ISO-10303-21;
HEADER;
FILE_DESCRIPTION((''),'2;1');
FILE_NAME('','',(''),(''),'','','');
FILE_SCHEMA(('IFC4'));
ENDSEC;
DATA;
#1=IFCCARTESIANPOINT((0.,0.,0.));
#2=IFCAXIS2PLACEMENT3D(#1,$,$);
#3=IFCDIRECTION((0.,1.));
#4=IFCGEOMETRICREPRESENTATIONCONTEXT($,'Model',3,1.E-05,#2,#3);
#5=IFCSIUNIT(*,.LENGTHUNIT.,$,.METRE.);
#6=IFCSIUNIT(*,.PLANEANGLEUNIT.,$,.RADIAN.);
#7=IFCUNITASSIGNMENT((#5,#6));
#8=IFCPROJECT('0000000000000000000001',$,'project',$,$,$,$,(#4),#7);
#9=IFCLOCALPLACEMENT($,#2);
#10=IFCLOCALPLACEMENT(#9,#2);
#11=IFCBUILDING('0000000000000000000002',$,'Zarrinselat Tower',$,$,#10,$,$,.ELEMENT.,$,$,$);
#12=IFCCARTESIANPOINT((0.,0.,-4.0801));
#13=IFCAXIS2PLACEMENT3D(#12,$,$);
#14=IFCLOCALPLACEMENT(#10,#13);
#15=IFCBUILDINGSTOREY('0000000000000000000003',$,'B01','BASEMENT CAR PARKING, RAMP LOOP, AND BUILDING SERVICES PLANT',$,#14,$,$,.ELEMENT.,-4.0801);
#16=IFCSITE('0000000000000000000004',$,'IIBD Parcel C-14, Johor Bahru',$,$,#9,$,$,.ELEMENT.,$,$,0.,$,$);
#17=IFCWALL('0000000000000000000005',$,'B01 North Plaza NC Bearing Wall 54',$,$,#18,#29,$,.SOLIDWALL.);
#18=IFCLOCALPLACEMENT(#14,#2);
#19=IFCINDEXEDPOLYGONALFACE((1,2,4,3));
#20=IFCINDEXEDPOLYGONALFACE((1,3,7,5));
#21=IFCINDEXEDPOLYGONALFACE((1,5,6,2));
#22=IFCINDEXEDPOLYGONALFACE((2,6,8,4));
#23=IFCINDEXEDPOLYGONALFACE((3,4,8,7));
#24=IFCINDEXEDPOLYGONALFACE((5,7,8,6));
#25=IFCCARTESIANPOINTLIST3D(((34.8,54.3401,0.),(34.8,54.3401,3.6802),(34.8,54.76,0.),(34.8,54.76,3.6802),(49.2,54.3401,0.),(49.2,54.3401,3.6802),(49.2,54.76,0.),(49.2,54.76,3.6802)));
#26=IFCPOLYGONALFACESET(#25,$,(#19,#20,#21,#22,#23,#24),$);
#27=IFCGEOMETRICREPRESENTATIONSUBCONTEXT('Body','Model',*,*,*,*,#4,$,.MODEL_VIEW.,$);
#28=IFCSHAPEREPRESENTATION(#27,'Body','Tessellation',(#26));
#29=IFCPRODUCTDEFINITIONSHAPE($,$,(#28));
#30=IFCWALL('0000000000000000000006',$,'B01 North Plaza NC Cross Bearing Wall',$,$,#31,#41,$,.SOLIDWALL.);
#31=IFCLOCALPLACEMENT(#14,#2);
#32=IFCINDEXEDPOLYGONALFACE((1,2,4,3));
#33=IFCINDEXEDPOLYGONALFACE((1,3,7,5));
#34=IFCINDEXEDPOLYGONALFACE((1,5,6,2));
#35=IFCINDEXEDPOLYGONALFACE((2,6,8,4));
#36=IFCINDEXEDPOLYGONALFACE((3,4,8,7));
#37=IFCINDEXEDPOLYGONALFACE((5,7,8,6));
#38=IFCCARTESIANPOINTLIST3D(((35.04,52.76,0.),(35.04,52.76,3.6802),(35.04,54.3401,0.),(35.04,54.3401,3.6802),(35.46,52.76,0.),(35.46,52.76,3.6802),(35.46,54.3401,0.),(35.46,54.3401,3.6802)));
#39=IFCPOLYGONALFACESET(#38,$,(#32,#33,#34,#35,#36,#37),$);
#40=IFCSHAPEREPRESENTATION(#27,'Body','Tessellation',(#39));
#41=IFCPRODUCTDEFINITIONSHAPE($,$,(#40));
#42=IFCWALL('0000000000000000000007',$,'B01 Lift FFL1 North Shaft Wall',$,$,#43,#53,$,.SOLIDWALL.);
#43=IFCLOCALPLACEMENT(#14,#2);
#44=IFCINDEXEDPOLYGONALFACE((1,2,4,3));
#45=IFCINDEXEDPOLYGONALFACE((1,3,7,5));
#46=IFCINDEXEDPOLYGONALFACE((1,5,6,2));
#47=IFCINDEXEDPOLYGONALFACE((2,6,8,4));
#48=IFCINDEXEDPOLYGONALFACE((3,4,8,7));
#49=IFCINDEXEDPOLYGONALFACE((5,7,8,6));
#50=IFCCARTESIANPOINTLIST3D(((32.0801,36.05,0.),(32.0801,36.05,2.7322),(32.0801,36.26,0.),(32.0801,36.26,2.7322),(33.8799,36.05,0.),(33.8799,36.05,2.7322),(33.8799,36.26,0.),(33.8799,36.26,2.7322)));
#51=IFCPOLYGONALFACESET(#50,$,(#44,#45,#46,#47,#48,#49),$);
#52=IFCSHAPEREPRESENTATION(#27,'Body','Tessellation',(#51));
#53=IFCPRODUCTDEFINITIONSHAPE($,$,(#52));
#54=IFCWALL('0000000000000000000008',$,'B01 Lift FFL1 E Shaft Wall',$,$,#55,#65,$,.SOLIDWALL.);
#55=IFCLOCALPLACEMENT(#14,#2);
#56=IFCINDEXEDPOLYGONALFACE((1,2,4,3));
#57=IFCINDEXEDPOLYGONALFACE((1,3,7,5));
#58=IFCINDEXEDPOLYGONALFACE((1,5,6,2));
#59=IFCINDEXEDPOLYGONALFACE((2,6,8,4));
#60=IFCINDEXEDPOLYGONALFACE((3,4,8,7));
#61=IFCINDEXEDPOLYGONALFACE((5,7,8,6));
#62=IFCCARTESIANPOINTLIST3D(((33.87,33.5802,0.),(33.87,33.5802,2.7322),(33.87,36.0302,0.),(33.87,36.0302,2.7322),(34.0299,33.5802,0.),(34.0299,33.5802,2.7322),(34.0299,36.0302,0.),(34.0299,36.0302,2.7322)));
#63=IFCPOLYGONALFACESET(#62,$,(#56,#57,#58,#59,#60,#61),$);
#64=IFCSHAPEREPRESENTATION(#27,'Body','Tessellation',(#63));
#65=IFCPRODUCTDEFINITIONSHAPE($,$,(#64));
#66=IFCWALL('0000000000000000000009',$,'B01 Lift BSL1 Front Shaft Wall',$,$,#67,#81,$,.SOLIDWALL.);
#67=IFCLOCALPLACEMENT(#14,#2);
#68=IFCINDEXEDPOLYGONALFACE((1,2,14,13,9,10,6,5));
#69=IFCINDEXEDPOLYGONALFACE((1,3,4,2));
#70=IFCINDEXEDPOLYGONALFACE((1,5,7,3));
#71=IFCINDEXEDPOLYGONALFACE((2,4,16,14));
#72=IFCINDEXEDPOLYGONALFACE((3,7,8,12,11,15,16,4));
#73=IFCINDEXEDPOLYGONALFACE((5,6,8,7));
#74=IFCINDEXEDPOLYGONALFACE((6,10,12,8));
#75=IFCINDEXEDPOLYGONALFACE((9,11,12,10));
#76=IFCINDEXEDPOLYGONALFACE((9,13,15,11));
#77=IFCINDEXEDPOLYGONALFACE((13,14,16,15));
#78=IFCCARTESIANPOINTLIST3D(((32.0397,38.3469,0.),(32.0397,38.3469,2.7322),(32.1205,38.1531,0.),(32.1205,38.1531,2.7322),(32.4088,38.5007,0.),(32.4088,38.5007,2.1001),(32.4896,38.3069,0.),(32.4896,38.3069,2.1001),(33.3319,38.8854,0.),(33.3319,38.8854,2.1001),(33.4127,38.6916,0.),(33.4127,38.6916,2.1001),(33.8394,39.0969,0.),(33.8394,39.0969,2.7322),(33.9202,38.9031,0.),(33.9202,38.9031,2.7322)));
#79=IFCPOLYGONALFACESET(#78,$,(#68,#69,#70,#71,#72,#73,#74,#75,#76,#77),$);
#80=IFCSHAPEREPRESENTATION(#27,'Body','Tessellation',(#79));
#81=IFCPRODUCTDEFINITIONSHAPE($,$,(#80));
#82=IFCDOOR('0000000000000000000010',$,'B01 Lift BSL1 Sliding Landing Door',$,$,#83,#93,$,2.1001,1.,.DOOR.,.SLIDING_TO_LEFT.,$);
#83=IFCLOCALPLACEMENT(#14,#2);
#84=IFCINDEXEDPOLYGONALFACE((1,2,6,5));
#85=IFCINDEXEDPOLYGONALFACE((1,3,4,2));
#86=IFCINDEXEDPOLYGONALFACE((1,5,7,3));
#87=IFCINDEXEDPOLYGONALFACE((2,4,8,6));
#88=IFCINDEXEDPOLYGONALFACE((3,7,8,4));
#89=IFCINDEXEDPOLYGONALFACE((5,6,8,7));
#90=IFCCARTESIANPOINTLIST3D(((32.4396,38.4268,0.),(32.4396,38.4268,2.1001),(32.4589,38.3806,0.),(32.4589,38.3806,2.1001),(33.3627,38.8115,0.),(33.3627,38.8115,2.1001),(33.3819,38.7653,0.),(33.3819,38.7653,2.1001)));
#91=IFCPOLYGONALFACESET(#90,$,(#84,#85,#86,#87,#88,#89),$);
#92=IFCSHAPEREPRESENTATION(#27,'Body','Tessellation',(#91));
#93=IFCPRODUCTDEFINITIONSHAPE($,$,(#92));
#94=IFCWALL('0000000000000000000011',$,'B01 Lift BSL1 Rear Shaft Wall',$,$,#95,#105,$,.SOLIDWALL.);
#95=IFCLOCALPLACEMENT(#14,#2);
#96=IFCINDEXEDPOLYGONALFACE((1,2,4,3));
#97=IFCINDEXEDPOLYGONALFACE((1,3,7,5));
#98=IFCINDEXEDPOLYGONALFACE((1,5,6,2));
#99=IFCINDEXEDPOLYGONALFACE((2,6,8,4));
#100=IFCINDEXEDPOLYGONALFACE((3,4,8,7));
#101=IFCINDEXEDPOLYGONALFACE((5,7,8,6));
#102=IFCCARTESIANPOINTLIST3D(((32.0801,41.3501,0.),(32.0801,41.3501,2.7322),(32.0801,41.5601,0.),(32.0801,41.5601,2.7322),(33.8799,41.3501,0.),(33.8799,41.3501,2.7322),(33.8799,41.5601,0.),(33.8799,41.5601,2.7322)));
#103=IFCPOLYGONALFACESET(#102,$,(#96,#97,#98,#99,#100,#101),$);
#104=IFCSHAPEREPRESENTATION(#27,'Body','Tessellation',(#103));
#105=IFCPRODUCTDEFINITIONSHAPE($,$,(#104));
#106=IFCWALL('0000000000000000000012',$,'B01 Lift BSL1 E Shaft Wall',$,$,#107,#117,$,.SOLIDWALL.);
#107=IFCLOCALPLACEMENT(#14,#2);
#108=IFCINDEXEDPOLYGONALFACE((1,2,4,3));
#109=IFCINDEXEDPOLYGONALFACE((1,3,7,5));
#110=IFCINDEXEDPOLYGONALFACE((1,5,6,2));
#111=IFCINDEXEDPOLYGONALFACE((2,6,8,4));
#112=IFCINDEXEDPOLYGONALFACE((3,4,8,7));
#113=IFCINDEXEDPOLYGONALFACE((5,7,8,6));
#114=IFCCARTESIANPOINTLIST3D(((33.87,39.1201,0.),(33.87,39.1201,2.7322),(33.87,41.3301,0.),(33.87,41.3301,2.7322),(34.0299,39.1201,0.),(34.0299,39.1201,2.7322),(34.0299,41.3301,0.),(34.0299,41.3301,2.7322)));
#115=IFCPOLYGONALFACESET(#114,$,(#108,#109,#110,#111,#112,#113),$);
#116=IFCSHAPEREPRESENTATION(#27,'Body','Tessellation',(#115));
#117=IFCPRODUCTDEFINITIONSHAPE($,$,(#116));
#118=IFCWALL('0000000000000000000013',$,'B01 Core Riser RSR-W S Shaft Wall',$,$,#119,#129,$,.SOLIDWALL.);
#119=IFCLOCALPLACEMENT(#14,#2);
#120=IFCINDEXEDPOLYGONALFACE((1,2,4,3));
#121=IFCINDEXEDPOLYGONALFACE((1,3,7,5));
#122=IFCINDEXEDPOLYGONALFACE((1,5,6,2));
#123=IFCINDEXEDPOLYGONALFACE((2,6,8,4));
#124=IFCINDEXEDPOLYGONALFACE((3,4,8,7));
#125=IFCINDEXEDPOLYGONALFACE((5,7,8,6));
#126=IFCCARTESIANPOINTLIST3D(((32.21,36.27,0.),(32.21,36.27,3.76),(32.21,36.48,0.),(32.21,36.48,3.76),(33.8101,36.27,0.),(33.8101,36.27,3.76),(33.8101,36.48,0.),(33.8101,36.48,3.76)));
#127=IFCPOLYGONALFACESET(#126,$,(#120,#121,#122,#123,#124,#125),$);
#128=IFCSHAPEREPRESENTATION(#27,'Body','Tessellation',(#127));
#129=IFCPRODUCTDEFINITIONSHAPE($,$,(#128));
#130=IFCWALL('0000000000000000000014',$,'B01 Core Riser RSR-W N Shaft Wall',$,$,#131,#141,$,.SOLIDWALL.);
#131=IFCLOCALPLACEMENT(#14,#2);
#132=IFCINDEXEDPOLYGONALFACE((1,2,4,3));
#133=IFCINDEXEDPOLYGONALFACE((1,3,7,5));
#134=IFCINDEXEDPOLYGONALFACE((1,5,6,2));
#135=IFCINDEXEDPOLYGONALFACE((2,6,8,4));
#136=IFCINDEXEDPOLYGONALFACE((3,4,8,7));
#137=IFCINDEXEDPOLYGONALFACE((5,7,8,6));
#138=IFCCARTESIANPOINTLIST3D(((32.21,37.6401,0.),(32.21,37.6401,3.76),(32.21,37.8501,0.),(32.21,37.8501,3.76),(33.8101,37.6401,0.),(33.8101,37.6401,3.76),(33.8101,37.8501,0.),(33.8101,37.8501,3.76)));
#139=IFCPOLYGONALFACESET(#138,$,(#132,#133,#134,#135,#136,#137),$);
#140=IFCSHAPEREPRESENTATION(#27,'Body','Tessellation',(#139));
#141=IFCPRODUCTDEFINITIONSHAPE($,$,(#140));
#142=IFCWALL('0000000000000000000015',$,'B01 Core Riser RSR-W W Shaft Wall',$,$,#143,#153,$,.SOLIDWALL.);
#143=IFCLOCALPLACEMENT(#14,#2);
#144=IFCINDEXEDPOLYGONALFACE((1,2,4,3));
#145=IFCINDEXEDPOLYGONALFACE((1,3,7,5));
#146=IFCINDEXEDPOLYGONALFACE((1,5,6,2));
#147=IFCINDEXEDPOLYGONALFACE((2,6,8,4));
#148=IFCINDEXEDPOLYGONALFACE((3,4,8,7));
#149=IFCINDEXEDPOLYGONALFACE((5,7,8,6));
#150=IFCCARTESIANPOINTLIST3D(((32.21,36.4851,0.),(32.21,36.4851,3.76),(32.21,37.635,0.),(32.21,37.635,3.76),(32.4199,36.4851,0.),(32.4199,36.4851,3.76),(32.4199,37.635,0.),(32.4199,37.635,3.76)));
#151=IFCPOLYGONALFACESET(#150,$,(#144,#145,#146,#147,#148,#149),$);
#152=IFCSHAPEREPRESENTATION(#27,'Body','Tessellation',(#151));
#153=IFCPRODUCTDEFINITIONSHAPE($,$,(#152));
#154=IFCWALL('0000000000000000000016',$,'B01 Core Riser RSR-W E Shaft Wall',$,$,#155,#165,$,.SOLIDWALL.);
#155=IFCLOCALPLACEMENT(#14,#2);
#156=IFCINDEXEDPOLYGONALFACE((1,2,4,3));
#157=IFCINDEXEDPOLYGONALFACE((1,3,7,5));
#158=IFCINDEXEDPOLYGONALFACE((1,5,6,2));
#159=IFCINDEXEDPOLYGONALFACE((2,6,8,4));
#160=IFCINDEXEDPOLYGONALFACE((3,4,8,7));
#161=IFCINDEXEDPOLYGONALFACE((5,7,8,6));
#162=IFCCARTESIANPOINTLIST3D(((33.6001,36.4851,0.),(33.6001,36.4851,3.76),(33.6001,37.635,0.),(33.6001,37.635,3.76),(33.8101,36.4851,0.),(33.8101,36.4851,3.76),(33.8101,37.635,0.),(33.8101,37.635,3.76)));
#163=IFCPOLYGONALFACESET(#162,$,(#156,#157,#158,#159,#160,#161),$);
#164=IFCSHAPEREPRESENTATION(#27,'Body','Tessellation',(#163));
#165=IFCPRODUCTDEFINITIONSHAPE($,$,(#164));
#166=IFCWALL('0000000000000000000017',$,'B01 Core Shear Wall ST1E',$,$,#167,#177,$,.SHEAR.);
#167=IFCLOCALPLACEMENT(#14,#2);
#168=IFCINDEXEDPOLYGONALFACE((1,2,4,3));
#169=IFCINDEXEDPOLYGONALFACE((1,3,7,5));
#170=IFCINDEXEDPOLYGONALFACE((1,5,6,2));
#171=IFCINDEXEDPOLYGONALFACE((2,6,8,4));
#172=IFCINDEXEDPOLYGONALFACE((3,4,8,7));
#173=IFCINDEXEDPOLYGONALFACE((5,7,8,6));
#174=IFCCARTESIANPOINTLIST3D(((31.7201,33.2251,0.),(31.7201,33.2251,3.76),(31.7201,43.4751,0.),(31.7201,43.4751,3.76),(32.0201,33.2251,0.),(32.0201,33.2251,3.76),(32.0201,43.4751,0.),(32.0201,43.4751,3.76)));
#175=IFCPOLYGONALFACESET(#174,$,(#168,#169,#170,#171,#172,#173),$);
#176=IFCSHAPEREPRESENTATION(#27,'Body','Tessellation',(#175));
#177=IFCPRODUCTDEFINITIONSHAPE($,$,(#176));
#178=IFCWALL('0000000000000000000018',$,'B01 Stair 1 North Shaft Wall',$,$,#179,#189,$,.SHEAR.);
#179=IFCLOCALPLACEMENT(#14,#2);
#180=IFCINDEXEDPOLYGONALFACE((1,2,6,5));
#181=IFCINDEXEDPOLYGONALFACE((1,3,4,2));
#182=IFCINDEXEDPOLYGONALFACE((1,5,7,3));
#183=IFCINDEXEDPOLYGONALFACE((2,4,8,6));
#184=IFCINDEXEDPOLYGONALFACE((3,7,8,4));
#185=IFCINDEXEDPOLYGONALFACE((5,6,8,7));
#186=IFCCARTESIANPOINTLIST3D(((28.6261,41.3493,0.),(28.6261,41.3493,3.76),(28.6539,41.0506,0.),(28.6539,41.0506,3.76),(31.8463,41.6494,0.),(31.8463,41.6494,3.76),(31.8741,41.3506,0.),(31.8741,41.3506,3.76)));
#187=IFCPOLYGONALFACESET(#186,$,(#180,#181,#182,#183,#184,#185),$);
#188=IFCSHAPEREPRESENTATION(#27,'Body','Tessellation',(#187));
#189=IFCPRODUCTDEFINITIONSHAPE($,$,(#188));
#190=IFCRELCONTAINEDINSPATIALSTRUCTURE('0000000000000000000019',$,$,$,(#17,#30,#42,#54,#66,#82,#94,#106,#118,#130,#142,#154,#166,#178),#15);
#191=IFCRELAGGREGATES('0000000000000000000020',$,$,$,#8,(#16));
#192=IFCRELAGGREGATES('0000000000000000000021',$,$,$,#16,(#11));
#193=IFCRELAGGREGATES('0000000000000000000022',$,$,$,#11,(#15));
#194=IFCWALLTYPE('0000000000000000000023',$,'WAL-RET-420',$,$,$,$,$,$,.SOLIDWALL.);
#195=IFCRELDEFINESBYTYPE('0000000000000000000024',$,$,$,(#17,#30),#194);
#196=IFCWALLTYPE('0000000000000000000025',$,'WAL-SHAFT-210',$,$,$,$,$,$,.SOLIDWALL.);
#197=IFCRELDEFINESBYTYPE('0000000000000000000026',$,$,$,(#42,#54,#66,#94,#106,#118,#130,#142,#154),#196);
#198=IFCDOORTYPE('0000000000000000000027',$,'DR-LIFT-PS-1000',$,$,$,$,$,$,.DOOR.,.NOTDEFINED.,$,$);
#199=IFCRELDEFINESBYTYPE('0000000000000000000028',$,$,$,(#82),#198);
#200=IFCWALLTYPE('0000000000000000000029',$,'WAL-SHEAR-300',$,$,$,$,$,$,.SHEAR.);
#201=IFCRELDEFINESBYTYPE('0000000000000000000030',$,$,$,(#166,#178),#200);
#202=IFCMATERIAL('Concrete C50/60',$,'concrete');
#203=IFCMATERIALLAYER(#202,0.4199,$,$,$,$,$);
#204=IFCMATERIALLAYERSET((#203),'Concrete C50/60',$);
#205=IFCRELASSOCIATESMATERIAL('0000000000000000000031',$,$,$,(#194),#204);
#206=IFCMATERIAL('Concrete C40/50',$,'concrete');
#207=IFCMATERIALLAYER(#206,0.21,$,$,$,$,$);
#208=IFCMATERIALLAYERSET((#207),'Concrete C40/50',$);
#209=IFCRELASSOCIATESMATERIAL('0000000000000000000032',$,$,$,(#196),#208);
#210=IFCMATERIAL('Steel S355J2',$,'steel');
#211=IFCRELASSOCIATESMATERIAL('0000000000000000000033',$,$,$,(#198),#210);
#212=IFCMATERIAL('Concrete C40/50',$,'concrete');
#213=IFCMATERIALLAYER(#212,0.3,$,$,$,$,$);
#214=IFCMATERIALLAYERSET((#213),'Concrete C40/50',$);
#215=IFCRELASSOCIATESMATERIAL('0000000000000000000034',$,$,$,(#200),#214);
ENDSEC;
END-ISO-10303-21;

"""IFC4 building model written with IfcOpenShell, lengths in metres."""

from ifc_helpers import new_model, si_unit, direction, frame, frame_2d, origin, place, context, subcontext, project, spatial, rectangle, extrude, material, layer, layer_set, type_object, element, fill, save


model = new_model("IFC4")

# Units and contexts
model_context = context("Model", 3, precision=1e-05, world=origin(), true_north=direction((0.0, 1.0)))
body_context = subcontext(model_context, "Body", "Model", "MODEL_VIEW")
ifc_project = project(units=[si_unit("LENGTHUNIT", "METRE"), si_unit("PLANEANGLEUNIT", "RADIAN")], contexts=[model_context])

# Site, building, storey
site_placement = place(None, origin())
site = spatial("IfcSite", under=ifc_project, at=site_placement, Name="IIBD Parcel C-14, Johor Bahru", CompositionType="ELEMENT", RefElevation=0.0)
building_placement = place(site_placement, origin())
building = spatial("IfcBuilding", under=site, at=building_placement, Name="Zarrinselat Tower", CompositionType="ELEMENT")
storey_placement = place(building_placement, frame((0.0, 0.0, -4.0801)))
storey = spatial("IfcBuildingStorey", under=building, at=storey_placement, Name="B01", Description="BASEMENT CAR PARKING, RAMP LOOP, AND BUILDING SERVICES PLANT", CompositionType="ELEMENT", Elevation=-4.0801)

# Walls
ifc_material_1 = material(Name="Concrete C50/60", Category="concrete")
ifc_layer_1 = layer(ifc_material_1, 0.4199)
ifc_layer_set_1 = layer_set([ifc_layer_1], Name="Concrete C50/60")
wall_type_1 = type_object("IfcWallType", Name="WAL-RET-420", PredefinedType="SOLIDWALL", material=ifc_layer_set_1)
for number, where, z_axis, x_axis, name in (
    (1, (34.8, 54.55, 0.0), (0.0, 0.0, 1.0), (1.0, 0.0, 0.0), "B01 North Plaza NC Bearing Wall 54"),
):
    element("IfcWall", number, at=place(storey_placement, frame(where, z_axis=z_axis, x_axis=x_axis)), inside=storey, type_object=wall_type_1, Name=name, PredefinedType="SOLIDWALL", context=body_context, shape_type="SweptSolid", body=[
        extrude(rectangle(XDim=14.3999, YDim=0.4199, at=frame_2d((7.2, 0.0))), origin(), (0.0, 0.0, 1.0), 3.6802),
    ])
wall_1_placement = place(storey_placement, frame((35.25, 52.76, 0.0), z_axis=(0.0, 0.0, 1.0), x_axis=(0.0, 1.0, 0.0)))
element("IfcWall", 2, at=wall_1_placement, inside=storey, type_object=wall_type_1, Name="B01 North Plaza NC Cross Bearing Wall", PredefinedType="SOLIDWALL", context=body_context, shape_type="SweptSolid", body=[
    extrude(rectangle(XDim=1.5801, YDim=0.4199, at=frame_2d((0.79, 0.0))), origin(), (0.0, 0.0, 1.0), 3.6802),
])
ifc_material_2 = material(Name="Concrete C40/50", Category="concrete")
ifc_layer_2 = layer(ifc_material_2, 0.21)
ifc_layer_set_2 = layer_set([ifc_layer_2], Name="Concrete C40/50")
wall_type_2 = type_object("IfcWallType", Name="WAL-SHAFT-210", PredefinedType="SOLIDWALL", material=ifc_layer_set_2)
wall_2_placement = place(storey_placement, frame((32.0801, 36.155, 0.0), z_axis=(0.0, 0.0, 1.0), x_axis=(1.0, 0.0, 0.0)))
element("IfcWall", 3, at=wall_2_placement, inside=storey, type_object=wall_type_2, Name="B01 Lift FFL1 North Shaft Wall", PredefinedType="SOLIDWALL", context=body_context, shape_type="SweptSolid", body=[
    extrude(rectangle(XDim=1.7998, YDim=0.21, at=frame_2d((0.8999, 0.0))), origin(), (0.0, 0.0, 1.0), 2.7322),
])
wall_3_placement = place(storey_placement, frame((33.95, 33.5801, 0.0), z_axis=(0.0, 0.0, 1.0), x_axis=(0.0, 1.0, 0.0)))
element("IfcWall", 4, at=wall_3_placement, inside=storey, type_object=wall_type_2, Name="B01 Lift FFL1 E Shaft Wall", PredefinedType="SOLIDWALL", context=body_context, shape_type="SweptSolid", body=[
    extrude(rectangle(XDim=2.45, YDim=0.1599, at=frame_2d((1.2251, 0.0))), origin(), (0.0, 0.0, 1.0), 2.7322),
])

# Wall, opening, door
wall_4_placement = place(storey_placement, frame((32.0801, 38.25, 0.0), z_axis=(0.0, 0.0, 1.0), x_axis=(0.923062, 0.384651, 0.0)))
wall_4 = element("IfcWall", 5, at=wall_4_placement, inside=storey, type_object=wall_type_2, Name="B01 Lift BSL1 Front Shaft Wall", PredefinedType="SOLIDWALL", context=body_context, shape_type="SweptSolid", body=[
    extrude(rectangle(XDim=1.9497, YDim=0.21, at=frame_2d((0.9749, 0.0))), origin(), (0.0, 0.0, 1.0), 2.7322),
])
opening_placement = place(wall_4_placement, frame((0.3999, 0.0, 0.0)))
opening = element("IfcOpeningElement", 6, at=opening_placement, cuts=wall_4, PredefinedType="OPENING", context=body_context, shape_type="SweptSolid", body=[
    extrude(rectangle(XDim=1.0, YDim=2.1001, at=frame_2d((0.5, 1.05))), frame((0.0, 0.115, 0.0), z_axis=(0.0, -1.0, 0.0), x_axis=(1.0, 0.0, 0.0)), (0.0, 0.0, 1.0), 0.23),
])
ifc_material_3 = material(Name="Steel S355J2", Category="steel")
door_type = type_object("IfcDoorType", Name="DR-LIFT-PS-1000", OperationType="NOTDEFINED", PredefinedType="DOOR", material=ifc_material_3)
door_placement = place(opening_placement, origin())
door = element("IfcDoor", 7, at=door_placement, inside=storey, type_object=door_type, Name="B01 Lift BSL1 Sliding Landing Door", OperationType="SLIDING_TO_LEFT", OverallHeight=2.1001, OverallWidth=1.0, PredefinedType="DOOR", context=body_context, shape_type="SweptSolid", body=[
    extrude(rectangle(XDim=1.0, YDim=2.1001, at=frame_2d((0.5, 1.05))), frame((0.0, 0.0249, 0.0), z_axis=(0.0, -1.0, 0.0), x_axis=(1.0, 0.0, 0.0)), (0.0, 0.0, 1.0), 0.05),
])
fill(opening, door)

# Walls
wall_5_placement = place(storey_placement, frame((32.0801, 41.4551, 0.0), z_axis=(0.0, 0.0, 1.0), x_axis=(1.0, 0.0, 0.0)))
element("IfcWall", 8, at=wall_5_placement, inside=storey, type_object=wall_type_2, Name="B01 Lift BSL1 Rear Shaft Wall", PredefinedType="SOLIDWALL", context=body_context, shape_type="SweptSolid", body=[
    extrude(rectangle(XDim=1.7998, YDim=0.21, at=frame_2d((0.8999, 0.0))), origin(), (0.0, 0.0, 1.0), 2.7322),
])
wall_6_placement = place(storey_placement, frame((33.95, 39.1201, 0.0), z_axis=(0.0, 0.0, 1.0), x_axis=(0.0, 1.0, 0.0)))
element("IfcWall", 9, at=wall_6_placement, inside=storey, type_object=wall_type_2, Name="B01 Lift BSL1 E Shaft Wall", PredefinedType="SOLIDWALL", context=body_context, shape_type="SweptSolid", body=[
    extrude(rectangle(XDim=2.21, YDim=0.1599, at=frame_2d((1.105, 0.0))), origin(), (0.0, 0.0, 1.0), 2.7322),
])
for number, where, z_axis, x_axis, name in (
    (10, (32.21, 36.375, 0.0), (0.0, 0.0, 1.0), (1.0, 0.0, 0.0), "B01 Core Riser RSR-W S Shaft Wall"),
    (11, (32.21, 37.7451, 0.0), (0.0, 0.0, 1.0), (1.0, 0.0, 0.0), "B01 Core Riser RSR-W N Shaft Wall"),
):
    element("IfcWall", number, at=place(storey_placement, frame(where, z_axis=z_axis, x_axis=x_axis)), inside=storey, type_object=wall_type_2, Name=name, PredefinedType="SOLIDWALL", context=body_context, shape_type="SweptSolid", body=[
        extrude(rectangle(XDim=1.6001, YDim=0.21, at=frame_2d((0.8, 0.0))), origin(), (0.0, 0.0, 1.0), 3.76),
    ])
for number, where, z_axis, x_axis, name in (
    (12, (32.3149, 36.4851, 0.0), (0.0, 0.0, 1.0), (0.0, 1.0, 0.0), "B01 Core Riser RSR-W W Shaft Wall"),
    (13, (33.7051, 36.4851, 0.0), (0.0, 0.0, 1.0), (0.0, 1.0, 0.0), "B01 Core Riser RSR-W E Shaft Wall"),
):
    element("IfcWall", number, at=place(storey_placement, frame(where, z_axis=z_axis, x_axis=x_axis)), inside=storey, type_object=wall_type_2, Name=name, PredefinedType="SOLIDWALL", context=body_context, shape_type="SweptSolid", body=[
        extrude(rectangle(XDim=1.1499, YDim=0.21, at=frame_2d((0.575, 0.0))), origin(), (0.0, 0.0, 1.0), 3.76),
    ])
ifc_material_4 = material(Name="Concrete C40/50", Category="concrete")
ifc_layer_3 = layer(ifc_material_4, 0.3)
ifc_layer_set_3 = layer_set([ifc_layer_3], Name="Concrete C40/50")
wall_type_3 = type_object("IfcWallType", Name="WAL-SHEAR-300", PredefinedType="SHEAR", material=ifc_layer_set_3)
wall_7_placement = place(storey_placement, frame((31.8701, 33.2251, 0.0), z_axis=(0.0, 0.0, 1.0), x_axis=(0.0, 1.0, 0.0)))
element("IfcWall", 14, at=wall_7_placement, inside=storey, type_object=wall_type_3, Name="B01 Core Shear Wall ST1E", PredefinedType="SHEAR", context=body_context, shape_type="SweptSolid", body=[
    extrude(rectangle(XDim=10.25, YDim=0.3, at=frame_2d((5.125, 0.0))), origin(), (0.0, 0.0, 1.0), 3.76),
])
wall_8_placement = place(storey_placement, frame((28.6399, 41.2, 0.0), z_axis=(0.0, 0.0, 1.0), x_axis=(0.995687, 0.092775, 0.0)))
element("IfcWall", 15, at=wall_8_placement, inside=storey, type_object=wall_type_3, Name="B01 Stair 1 North Shaft Wall", PredefinedType="SHEAR", context=body_context, shape_type="SweptSolid", body=[
    extrude(rectangle(XDim=3.2341, YDim=0.3, at=frame_2d((1.6172, 0.0))), origin(), (0.0, 0.0, 1.0), 3.76),
])

save(model, "model.ifc")
